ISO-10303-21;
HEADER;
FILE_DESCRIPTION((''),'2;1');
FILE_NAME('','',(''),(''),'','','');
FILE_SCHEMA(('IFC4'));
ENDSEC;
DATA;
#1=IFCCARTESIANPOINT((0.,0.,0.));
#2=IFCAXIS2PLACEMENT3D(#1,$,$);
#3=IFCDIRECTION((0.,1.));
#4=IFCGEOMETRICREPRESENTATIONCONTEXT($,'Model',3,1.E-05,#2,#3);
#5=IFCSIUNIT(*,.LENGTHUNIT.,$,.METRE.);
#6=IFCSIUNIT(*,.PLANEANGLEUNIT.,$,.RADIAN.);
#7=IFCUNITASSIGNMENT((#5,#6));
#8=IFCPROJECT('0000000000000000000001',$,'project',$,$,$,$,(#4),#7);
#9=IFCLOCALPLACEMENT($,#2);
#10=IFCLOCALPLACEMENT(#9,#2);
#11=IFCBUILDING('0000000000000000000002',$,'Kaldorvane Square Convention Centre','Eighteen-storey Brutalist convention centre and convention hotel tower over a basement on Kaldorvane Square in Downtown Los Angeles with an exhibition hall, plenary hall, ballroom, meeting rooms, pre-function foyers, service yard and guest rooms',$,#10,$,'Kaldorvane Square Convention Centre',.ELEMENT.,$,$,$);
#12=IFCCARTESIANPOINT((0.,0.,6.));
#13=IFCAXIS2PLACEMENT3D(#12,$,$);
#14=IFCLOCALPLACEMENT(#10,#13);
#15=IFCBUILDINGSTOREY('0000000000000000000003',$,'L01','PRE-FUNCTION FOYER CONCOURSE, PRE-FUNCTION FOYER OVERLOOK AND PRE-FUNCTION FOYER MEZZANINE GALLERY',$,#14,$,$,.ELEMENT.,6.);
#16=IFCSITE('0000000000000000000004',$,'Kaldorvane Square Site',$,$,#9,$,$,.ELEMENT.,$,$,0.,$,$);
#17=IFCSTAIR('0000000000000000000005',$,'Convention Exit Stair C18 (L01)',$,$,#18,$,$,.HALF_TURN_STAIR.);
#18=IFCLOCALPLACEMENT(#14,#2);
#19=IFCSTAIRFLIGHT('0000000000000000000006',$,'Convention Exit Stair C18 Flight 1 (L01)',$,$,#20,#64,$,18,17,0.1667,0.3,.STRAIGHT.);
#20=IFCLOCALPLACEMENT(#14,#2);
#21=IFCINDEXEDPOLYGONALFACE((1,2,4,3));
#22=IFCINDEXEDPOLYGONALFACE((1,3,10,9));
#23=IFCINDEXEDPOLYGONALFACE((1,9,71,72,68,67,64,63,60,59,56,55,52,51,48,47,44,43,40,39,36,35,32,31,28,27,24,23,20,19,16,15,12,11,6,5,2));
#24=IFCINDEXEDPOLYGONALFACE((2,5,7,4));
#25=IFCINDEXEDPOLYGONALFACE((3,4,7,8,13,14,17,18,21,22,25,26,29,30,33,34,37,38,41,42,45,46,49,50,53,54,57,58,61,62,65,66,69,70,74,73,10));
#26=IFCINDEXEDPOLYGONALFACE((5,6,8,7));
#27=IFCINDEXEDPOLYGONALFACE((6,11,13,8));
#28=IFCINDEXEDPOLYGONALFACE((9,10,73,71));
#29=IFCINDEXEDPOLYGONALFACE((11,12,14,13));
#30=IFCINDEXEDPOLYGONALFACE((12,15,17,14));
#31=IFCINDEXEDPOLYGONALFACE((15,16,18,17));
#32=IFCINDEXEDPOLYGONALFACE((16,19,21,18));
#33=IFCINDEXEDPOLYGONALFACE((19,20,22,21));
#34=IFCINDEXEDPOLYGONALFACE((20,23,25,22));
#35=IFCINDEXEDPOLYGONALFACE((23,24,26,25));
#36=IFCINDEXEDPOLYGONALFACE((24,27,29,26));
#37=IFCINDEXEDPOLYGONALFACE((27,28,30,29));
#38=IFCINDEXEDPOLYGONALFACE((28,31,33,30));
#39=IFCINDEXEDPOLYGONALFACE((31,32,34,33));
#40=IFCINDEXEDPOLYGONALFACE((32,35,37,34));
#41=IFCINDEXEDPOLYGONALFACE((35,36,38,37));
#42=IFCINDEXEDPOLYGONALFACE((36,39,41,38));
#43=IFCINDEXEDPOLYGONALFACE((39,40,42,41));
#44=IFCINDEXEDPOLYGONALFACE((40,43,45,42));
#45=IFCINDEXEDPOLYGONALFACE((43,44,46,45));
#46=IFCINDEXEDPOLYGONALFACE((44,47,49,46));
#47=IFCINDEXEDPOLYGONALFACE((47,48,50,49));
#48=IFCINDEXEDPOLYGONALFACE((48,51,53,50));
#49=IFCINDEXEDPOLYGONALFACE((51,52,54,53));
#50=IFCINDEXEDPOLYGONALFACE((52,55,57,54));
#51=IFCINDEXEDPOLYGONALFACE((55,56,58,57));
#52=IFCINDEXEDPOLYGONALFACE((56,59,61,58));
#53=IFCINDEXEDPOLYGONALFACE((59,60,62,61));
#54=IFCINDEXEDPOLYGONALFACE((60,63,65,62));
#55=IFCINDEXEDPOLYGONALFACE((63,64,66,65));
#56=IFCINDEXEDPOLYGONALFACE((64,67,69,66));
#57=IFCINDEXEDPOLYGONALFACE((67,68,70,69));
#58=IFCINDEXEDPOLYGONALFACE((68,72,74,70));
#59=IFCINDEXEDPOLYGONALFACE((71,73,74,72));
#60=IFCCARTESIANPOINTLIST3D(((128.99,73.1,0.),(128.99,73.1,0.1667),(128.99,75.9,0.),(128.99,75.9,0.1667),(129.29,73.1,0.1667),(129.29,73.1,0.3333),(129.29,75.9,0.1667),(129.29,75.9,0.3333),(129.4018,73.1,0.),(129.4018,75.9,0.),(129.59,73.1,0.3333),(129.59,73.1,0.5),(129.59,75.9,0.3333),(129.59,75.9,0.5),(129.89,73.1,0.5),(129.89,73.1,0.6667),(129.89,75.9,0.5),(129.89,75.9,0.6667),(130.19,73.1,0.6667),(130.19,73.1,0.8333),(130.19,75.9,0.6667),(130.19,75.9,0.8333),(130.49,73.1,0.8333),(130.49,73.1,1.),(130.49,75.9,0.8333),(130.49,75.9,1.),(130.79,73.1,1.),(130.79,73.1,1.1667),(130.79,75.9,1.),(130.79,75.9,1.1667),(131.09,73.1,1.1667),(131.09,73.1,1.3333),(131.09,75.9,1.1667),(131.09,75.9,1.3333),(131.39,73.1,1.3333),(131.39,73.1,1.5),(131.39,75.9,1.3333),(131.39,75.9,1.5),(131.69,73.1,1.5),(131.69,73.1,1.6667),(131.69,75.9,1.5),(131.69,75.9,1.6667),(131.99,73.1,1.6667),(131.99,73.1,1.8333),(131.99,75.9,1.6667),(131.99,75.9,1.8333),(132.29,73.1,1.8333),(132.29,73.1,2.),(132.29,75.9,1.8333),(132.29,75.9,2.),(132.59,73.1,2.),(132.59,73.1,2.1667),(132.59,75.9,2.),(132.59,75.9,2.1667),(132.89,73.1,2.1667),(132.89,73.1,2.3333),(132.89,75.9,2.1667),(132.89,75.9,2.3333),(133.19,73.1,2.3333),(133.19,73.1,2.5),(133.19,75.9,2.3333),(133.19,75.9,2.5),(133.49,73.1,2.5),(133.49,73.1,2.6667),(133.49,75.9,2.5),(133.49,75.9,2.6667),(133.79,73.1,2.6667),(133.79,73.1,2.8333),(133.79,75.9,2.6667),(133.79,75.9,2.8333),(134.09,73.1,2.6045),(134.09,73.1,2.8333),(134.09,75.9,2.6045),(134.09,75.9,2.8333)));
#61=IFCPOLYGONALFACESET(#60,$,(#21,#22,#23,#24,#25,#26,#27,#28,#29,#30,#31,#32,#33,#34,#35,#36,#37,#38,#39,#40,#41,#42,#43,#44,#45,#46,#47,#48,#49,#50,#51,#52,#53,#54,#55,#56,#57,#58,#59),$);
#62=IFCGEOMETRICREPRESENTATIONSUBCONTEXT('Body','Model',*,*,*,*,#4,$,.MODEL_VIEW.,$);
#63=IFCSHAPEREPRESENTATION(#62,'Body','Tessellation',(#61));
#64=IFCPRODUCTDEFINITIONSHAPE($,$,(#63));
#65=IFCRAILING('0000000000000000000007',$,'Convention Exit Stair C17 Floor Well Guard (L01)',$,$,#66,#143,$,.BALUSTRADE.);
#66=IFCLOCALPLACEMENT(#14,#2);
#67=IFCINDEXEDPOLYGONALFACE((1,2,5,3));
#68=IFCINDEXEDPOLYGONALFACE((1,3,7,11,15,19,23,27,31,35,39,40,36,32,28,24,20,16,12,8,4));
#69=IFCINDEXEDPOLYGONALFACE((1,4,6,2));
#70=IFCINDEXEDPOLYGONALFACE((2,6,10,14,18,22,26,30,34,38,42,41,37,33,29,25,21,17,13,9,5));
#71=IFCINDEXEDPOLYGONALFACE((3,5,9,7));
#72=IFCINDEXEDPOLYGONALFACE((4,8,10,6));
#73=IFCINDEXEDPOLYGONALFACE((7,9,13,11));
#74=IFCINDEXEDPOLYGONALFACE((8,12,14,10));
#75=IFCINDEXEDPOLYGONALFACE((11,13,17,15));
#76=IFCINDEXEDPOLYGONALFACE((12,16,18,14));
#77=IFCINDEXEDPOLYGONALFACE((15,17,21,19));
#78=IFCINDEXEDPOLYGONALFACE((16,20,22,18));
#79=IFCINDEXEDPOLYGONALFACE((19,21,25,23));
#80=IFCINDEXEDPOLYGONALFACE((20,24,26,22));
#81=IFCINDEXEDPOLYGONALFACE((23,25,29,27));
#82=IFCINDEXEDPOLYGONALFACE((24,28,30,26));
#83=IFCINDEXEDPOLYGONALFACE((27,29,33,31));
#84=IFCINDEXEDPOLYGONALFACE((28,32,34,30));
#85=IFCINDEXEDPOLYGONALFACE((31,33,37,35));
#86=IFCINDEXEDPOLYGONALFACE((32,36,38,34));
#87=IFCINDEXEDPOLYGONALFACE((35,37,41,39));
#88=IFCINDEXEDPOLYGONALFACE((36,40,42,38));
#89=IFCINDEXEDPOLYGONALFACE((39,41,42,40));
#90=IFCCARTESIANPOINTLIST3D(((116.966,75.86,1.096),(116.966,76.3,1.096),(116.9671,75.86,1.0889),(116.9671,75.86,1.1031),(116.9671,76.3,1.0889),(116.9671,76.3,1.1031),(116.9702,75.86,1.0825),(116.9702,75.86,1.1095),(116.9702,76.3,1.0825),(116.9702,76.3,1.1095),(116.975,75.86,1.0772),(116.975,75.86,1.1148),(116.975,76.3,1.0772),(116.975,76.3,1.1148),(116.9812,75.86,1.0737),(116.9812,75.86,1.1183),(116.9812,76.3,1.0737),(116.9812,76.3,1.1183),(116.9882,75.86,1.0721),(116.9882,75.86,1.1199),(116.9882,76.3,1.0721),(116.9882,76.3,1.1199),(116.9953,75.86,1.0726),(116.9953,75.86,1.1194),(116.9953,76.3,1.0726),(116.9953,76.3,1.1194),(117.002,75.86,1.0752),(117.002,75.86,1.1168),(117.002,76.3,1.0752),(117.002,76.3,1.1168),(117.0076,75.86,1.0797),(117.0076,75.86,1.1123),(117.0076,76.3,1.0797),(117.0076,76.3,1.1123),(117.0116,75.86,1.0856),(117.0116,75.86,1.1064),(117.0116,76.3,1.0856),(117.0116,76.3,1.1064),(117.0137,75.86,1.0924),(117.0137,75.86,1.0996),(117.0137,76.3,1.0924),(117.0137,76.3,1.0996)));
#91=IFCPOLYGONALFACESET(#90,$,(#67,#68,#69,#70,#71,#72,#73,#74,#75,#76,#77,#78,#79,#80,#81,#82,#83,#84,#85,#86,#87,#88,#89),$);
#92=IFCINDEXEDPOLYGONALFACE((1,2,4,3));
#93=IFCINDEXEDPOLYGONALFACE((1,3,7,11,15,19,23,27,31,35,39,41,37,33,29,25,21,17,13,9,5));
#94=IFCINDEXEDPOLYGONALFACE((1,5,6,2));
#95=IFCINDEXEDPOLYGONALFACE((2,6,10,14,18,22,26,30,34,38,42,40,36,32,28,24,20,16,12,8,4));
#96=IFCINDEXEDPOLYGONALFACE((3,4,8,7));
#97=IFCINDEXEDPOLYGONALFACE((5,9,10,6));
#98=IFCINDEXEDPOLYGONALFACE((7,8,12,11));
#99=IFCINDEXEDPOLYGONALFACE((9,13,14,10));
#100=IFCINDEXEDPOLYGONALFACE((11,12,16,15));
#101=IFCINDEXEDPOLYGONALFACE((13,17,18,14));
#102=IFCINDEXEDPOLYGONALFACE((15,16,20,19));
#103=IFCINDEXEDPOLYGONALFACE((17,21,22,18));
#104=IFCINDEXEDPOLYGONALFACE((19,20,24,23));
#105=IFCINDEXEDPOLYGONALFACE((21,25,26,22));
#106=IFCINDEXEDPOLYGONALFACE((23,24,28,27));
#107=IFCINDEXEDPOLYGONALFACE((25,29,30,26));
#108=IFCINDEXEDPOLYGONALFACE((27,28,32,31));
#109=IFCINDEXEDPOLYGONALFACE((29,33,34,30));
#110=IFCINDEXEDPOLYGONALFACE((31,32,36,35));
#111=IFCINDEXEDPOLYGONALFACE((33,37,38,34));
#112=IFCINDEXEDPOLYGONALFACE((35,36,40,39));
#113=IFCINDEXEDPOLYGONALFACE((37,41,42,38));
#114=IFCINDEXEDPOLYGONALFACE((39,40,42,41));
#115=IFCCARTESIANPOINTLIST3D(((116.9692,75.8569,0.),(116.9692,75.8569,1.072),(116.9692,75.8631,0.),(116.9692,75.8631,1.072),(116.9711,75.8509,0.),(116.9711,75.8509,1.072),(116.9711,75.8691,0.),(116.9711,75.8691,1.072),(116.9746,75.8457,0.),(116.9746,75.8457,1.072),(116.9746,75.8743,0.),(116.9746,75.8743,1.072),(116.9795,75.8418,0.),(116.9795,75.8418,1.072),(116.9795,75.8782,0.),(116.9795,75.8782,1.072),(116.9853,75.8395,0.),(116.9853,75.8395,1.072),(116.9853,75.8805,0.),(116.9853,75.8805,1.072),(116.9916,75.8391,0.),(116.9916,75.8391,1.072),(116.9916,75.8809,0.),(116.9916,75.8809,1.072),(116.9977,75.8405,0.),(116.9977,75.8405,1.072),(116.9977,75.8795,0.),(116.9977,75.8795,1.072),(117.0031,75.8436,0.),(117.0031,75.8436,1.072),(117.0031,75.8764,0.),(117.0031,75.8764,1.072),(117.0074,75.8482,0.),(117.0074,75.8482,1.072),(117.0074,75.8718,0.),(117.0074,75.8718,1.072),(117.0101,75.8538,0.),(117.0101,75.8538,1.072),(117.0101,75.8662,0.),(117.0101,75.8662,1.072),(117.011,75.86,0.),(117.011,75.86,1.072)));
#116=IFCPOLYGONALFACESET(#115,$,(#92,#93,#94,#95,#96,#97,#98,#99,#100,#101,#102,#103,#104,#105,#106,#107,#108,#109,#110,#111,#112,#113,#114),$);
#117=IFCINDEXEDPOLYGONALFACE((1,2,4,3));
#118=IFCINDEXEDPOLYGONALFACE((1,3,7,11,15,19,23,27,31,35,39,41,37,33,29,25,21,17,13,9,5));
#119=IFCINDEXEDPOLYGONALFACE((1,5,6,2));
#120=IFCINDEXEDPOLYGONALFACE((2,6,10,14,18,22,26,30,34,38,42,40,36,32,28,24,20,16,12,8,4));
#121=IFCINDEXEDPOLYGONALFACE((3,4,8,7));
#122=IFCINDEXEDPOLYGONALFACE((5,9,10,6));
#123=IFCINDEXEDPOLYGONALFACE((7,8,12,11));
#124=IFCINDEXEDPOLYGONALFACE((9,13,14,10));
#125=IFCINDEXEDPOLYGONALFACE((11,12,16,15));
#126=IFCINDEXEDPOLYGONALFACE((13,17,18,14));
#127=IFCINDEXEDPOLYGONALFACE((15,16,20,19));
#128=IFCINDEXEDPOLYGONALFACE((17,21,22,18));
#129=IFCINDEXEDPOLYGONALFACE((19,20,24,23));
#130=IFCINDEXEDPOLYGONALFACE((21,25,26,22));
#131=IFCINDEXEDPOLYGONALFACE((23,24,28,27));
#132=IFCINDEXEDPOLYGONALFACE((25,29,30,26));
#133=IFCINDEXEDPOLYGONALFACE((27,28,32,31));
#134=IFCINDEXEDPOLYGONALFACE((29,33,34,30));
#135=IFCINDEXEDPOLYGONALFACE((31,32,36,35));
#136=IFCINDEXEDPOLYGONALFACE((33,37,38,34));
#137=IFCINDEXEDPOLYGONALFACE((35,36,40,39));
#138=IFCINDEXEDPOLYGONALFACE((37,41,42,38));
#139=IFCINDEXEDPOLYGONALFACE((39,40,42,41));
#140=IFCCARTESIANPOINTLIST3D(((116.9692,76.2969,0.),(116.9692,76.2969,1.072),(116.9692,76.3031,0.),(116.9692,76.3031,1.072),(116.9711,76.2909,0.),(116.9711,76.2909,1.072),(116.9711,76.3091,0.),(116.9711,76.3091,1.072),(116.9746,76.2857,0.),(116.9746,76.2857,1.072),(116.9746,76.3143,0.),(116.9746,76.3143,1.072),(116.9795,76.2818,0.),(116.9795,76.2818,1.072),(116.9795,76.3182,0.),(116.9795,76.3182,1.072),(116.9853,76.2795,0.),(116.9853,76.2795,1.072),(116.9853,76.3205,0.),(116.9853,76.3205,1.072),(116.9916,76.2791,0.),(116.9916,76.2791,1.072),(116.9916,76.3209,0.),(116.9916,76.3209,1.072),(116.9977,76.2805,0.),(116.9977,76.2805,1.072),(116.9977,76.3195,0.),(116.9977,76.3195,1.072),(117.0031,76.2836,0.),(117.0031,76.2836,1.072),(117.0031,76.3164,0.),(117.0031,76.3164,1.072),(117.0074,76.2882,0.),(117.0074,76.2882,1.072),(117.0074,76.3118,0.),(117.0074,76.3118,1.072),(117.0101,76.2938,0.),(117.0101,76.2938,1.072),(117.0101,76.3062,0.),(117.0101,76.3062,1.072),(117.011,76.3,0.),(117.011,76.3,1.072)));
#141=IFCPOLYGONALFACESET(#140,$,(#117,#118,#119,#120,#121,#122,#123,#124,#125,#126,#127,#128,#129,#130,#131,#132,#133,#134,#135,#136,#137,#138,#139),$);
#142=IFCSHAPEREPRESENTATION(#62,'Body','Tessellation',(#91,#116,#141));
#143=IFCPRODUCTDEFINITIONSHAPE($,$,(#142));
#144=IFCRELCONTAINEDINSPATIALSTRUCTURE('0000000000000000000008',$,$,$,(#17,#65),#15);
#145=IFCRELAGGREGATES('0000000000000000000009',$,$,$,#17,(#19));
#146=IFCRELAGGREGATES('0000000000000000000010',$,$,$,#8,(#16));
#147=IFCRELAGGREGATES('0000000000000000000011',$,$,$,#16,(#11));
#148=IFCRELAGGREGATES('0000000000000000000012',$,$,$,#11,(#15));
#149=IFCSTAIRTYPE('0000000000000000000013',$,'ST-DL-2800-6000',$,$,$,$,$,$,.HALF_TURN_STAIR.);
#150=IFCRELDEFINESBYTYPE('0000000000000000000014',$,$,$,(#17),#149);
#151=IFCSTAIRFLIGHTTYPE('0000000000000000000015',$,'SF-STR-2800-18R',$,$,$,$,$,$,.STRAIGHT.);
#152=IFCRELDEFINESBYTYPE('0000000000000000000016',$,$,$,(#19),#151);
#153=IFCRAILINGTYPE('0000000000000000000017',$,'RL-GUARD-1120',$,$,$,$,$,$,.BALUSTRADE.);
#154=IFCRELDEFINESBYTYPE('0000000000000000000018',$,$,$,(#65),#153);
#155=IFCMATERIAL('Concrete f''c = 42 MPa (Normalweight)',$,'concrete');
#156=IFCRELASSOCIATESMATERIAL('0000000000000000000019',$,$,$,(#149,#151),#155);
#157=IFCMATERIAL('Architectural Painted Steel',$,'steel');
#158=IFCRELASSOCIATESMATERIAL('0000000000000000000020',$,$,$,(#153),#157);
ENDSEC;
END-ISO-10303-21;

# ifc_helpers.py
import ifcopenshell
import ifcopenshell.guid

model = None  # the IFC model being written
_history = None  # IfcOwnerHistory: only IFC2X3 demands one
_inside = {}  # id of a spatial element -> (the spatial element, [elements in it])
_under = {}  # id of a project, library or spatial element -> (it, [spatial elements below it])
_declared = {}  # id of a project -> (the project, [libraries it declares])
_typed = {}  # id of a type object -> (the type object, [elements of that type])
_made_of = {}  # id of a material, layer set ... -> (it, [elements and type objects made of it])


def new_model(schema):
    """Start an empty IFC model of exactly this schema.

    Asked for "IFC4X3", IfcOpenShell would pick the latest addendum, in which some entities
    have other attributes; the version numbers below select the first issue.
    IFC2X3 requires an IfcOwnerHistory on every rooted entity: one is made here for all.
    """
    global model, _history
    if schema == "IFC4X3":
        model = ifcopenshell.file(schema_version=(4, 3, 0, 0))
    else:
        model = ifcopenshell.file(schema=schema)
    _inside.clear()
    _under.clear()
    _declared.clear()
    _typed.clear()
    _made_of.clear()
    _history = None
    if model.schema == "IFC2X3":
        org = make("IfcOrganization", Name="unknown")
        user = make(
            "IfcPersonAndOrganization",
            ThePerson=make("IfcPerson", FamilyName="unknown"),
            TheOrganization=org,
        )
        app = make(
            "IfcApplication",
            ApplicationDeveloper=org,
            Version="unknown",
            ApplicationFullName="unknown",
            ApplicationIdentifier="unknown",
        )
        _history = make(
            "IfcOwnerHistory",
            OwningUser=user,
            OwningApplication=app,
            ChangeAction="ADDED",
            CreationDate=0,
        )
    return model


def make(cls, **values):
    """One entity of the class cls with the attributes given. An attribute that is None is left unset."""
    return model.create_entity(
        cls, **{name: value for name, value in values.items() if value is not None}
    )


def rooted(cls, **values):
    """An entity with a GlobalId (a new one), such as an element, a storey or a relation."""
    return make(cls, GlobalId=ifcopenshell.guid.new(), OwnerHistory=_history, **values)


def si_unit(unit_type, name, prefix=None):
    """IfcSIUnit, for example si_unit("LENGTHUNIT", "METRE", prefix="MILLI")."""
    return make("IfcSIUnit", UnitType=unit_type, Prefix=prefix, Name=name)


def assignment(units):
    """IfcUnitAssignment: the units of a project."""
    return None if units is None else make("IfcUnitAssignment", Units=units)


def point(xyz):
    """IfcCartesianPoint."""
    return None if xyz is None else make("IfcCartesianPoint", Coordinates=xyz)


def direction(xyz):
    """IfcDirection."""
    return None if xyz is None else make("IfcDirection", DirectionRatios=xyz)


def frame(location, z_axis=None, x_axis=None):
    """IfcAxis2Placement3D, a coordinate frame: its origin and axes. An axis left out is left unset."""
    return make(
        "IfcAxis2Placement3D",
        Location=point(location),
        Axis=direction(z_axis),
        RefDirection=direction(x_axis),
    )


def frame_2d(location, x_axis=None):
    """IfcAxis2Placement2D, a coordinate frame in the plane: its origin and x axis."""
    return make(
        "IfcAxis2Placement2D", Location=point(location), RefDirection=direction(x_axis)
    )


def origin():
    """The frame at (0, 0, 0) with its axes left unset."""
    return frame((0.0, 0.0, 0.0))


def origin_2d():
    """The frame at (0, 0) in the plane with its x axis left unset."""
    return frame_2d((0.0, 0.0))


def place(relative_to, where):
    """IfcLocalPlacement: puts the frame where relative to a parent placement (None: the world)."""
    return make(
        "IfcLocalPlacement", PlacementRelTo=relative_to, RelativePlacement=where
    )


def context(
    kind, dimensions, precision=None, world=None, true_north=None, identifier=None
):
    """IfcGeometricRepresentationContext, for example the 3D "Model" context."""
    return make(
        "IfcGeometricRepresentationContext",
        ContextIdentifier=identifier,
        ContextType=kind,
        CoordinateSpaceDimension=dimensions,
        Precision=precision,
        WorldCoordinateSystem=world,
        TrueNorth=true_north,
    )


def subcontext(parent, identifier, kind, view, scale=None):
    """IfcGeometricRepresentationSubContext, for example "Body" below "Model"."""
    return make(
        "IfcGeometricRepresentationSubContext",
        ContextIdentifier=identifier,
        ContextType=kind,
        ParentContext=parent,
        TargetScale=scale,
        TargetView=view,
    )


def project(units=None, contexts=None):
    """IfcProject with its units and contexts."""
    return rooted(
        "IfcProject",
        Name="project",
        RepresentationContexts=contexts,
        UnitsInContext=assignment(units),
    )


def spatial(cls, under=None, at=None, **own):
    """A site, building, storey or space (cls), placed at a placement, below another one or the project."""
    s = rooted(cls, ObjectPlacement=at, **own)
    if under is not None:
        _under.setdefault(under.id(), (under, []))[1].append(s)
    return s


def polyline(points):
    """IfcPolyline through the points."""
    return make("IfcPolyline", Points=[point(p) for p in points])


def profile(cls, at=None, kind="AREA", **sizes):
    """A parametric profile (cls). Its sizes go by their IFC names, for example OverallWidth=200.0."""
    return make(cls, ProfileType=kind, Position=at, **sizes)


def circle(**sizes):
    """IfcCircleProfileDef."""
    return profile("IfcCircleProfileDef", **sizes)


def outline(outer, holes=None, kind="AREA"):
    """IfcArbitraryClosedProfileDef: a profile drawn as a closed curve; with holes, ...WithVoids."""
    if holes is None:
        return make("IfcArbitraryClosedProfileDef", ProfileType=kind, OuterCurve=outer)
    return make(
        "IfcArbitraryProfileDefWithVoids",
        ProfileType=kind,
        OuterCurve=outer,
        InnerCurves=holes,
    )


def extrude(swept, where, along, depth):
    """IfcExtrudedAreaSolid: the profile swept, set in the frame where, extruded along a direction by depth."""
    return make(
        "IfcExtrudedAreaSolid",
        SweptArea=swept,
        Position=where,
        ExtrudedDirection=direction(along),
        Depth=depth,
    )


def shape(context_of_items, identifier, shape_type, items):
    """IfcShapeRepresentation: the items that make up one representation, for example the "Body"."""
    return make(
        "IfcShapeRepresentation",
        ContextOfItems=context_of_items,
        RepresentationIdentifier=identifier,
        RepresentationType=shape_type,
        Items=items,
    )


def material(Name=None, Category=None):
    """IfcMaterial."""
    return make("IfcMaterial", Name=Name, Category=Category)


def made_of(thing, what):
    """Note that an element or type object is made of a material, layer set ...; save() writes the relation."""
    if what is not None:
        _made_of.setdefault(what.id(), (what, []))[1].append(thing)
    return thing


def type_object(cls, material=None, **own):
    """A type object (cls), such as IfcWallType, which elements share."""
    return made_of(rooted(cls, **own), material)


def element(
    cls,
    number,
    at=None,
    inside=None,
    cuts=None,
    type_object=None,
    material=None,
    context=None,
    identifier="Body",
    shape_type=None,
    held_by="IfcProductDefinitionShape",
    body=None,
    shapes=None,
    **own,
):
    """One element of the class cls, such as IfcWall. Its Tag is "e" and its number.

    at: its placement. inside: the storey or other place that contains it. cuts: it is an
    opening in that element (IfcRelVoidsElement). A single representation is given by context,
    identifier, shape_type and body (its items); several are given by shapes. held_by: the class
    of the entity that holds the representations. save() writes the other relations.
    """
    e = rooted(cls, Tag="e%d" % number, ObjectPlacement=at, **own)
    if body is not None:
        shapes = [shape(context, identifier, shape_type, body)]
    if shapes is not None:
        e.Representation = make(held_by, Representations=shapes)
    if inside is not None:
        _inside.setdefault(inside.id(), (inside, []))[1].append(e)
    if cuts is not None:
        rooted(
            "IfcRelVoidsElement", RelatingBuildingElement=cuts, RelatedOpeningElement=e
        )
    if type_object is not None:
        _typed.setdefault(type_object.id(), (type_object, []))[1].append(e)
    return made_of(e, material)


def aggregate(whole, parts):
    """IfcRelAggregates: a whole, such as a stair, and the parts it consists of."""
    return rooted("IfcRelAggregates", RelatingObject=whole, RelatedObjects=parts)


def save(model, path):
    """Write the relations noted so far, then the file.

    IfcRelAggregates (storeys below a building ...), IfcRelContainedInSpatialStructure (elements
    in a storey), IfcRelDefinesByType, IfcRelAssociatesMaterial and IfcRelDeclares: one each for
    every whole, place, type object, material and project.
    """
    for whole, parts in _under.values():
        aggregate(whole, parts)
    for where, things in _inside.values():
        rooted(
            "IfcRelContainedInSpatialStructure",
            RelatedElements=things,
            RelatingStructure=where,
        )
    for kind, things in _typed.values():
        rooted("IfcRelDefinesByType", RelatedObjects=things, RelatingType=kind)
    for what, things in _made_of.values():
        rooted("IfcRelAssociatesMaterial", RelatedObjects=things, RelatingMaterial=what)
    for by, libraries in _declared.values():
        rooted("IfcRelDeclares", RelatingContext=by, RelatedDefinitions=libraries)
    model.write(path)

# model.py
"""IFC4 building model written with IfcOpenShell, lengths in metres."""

from ifc_helpers import new_model, si_unit, direction, frame, origin, origin_2d, place, context, subcontext, project, spatial, polyline, circle, outline, extrude, material, type_object, element, aggregate, save


model = new_model("IFC4")

# Units and contexts
model_context = context("Model", 3, precision=1e-05, world=origin(), true_north=direction((0.0, 1.0)))
body_context = subcontext(model_context, "Body", "Model", "MODEL_VIEW")
ifc_project = project(units=[si_unit("LENGTHUNIT", "METRE"), si_unit("PLANEANGLEUNIT", "RADIAN")], contexts=[model_context])

# Site, building, storey
site_placement = place(None, origin())
site = spatial("IfcSite", under=ifc_project, at=site_placement, Name="Kaldorvane Square Site", CompositionType="ELEMENT", RefElevation=0.0)
building_placement = place(site_placement, origin())
building = spatial("IfcBuilding", under=site, at=building_placement, Name="Kaldorvane Square Convention Centre", Description="Eighteen-storey Brutalist convention centre and convention hotel tower over a basement on Kaldorvane Square in Downtown Los Angeles with an exhibition hall, plenary hall, ballroom, meeting rooms, pre-function foyers, service yard and guest rooms", LongName="Kaldorvane Square Convention Centre", CompositionType="ELEMENT")
storey_placement = place(building_placement, frame((0.0, 0.0, 6.0)))
storey = spatial("IfcBuildingStorey", under=building, at=storey_placement, Name="L01", Description="PRE-FUNCTION FOYER CONCOURSE, PRE-FUNCTION FOYER OVERLOOK AND PRE-FUNCTION FOYER MEZZANINE GALLERY", CompositionType="ELEMENT", Elevation=6.0)

# Shared definitions
ifc_material_1 = material(Name="Concrete f'c = 42 MPa (Normalweight)", Category="concrete")
stair_type = type_object("IfcStairType", Name="ST-DL-2800-6000", PredefinedType="HALF_TURN_STAIR", material=ifc_material_1)
stair_flight_type = type_object("IfcStairFlightType", Name="SF-STR-2800-18R", PredefinedType="STRAIGHT", material=ifc_material_1)

# Stair, stair flight
stair_1_placement = place(storey_placement, origin())
stair_1 = element("IfcStair", 1, at=stair_1_placement, inside=storey, type_object=stair_type, Name="Convention Exit Stair C18 (L01)", PredefinedType="HALF_TURN_STAIR")
stair_flight_1_placement = place(storey_placement, frame((128.99, 74.5, 0.0), z_axis=(0.0, 0.0, 1.0), x_axis=(1.0, 0.0, 0.0)))
stair_flight_1 = element("IfcStairFlight", 2, at=stair_flight_1_placement, type_object=stair_flight_type, Name="Convention Exit Stair C18 Flight 1 (L01)", NumberOfRisers=18, NumberOfTreads=17, PredefinedType="STRAIGHT", RiserHeight=0.1667, TreadLength=0.3, context=body_context, shape_type="SweptSolid", body=[
    extrude(outline(polyline([(0.0, 0.0), (0.0, 0.1667), (0.3, 0.1667), (0.3, 0.3333), (0.6, 0.3333), (0.6, 0.5), (0.9, 0.5), (0.9, 0.6667), (1.2, 0.6667), (1.2, 0.8333), (1.5, 0.8333), (1.5, 1.0), (1.8, 1.0), (1.8, 1.1667), (2.1, 1.1667), (2.1, 1.3333), (2.4, 1.3333), (2.4, 1.5), (2.7, 1.5), (2.7, 1.6667), (3.0, 1.6667), (3.0, 1.8333), (3.3, 1.8333), (3.3, 2.0), (3.6, 2.0), (3.6, 2.1667), (3.9, 2.1667), (3.9, 2.3333), (4.2, 2.3333), (4.2, 2.5), (4.5, 2.5), (4.5, 2.6667), (4.8, 2.6667), (4.8, 2.8333), (5.1, 2.8333), (5.1, 3.0), (5.1, 2.6045), (0.4118, 0.0), (0.0, 0.0)])), frame((0.0, 1.4, 0.0), z_axis=(0.0, -1.0, 0.0), x_axis=(1.0, 0.0, 0.0)), (0.0, 0.0, 1.0), 2.8),
])
aggregate(stair_1, [stair_flight_1])

# Railing
ifc_material_2 = material(Name="Architectural Painted Steel", Category="steel")
railing_type_1 = type_object("IfcRailingType", Name="RL-GUARD-1120", PredefinedType="BALUSTRADE", material=ifc_material_2)
for number, where, name in (
    (3, (116.99, 75.86, 0.0), "Convention Exit Stair C17 Floor Well Guard (L01)"),
):
    element("IfcRailing", number, at=place(storey_placement, frame(where)), inside=storey, type_object=railing_type_1, Name=name, PredefinedType="BALUSTRADE", context=body_context, shape_type="SweptSolid", body=[
        extrude(circle(Radius=0.024, at=origin_2d()), frame((0.0, 0.0, 1.096), z_axis=(0.0, 1.0, 0.0), x_axis=(-1.0, 0.0, 0.0)), (0.0, 0.0, 1.0), 0.44),
        extrude(circle(Radius=0.021, at=origin_2d()), origin(), (0.0, 0.0, 1.0), 1.072),
        extrude(circle(Radius=0.021, at=origin_2d()), frame((0.0, 0.44, 0.0)), (0.0, 0.0, 1.0), 1.072),
    ])

save(model, "model.ifc")
